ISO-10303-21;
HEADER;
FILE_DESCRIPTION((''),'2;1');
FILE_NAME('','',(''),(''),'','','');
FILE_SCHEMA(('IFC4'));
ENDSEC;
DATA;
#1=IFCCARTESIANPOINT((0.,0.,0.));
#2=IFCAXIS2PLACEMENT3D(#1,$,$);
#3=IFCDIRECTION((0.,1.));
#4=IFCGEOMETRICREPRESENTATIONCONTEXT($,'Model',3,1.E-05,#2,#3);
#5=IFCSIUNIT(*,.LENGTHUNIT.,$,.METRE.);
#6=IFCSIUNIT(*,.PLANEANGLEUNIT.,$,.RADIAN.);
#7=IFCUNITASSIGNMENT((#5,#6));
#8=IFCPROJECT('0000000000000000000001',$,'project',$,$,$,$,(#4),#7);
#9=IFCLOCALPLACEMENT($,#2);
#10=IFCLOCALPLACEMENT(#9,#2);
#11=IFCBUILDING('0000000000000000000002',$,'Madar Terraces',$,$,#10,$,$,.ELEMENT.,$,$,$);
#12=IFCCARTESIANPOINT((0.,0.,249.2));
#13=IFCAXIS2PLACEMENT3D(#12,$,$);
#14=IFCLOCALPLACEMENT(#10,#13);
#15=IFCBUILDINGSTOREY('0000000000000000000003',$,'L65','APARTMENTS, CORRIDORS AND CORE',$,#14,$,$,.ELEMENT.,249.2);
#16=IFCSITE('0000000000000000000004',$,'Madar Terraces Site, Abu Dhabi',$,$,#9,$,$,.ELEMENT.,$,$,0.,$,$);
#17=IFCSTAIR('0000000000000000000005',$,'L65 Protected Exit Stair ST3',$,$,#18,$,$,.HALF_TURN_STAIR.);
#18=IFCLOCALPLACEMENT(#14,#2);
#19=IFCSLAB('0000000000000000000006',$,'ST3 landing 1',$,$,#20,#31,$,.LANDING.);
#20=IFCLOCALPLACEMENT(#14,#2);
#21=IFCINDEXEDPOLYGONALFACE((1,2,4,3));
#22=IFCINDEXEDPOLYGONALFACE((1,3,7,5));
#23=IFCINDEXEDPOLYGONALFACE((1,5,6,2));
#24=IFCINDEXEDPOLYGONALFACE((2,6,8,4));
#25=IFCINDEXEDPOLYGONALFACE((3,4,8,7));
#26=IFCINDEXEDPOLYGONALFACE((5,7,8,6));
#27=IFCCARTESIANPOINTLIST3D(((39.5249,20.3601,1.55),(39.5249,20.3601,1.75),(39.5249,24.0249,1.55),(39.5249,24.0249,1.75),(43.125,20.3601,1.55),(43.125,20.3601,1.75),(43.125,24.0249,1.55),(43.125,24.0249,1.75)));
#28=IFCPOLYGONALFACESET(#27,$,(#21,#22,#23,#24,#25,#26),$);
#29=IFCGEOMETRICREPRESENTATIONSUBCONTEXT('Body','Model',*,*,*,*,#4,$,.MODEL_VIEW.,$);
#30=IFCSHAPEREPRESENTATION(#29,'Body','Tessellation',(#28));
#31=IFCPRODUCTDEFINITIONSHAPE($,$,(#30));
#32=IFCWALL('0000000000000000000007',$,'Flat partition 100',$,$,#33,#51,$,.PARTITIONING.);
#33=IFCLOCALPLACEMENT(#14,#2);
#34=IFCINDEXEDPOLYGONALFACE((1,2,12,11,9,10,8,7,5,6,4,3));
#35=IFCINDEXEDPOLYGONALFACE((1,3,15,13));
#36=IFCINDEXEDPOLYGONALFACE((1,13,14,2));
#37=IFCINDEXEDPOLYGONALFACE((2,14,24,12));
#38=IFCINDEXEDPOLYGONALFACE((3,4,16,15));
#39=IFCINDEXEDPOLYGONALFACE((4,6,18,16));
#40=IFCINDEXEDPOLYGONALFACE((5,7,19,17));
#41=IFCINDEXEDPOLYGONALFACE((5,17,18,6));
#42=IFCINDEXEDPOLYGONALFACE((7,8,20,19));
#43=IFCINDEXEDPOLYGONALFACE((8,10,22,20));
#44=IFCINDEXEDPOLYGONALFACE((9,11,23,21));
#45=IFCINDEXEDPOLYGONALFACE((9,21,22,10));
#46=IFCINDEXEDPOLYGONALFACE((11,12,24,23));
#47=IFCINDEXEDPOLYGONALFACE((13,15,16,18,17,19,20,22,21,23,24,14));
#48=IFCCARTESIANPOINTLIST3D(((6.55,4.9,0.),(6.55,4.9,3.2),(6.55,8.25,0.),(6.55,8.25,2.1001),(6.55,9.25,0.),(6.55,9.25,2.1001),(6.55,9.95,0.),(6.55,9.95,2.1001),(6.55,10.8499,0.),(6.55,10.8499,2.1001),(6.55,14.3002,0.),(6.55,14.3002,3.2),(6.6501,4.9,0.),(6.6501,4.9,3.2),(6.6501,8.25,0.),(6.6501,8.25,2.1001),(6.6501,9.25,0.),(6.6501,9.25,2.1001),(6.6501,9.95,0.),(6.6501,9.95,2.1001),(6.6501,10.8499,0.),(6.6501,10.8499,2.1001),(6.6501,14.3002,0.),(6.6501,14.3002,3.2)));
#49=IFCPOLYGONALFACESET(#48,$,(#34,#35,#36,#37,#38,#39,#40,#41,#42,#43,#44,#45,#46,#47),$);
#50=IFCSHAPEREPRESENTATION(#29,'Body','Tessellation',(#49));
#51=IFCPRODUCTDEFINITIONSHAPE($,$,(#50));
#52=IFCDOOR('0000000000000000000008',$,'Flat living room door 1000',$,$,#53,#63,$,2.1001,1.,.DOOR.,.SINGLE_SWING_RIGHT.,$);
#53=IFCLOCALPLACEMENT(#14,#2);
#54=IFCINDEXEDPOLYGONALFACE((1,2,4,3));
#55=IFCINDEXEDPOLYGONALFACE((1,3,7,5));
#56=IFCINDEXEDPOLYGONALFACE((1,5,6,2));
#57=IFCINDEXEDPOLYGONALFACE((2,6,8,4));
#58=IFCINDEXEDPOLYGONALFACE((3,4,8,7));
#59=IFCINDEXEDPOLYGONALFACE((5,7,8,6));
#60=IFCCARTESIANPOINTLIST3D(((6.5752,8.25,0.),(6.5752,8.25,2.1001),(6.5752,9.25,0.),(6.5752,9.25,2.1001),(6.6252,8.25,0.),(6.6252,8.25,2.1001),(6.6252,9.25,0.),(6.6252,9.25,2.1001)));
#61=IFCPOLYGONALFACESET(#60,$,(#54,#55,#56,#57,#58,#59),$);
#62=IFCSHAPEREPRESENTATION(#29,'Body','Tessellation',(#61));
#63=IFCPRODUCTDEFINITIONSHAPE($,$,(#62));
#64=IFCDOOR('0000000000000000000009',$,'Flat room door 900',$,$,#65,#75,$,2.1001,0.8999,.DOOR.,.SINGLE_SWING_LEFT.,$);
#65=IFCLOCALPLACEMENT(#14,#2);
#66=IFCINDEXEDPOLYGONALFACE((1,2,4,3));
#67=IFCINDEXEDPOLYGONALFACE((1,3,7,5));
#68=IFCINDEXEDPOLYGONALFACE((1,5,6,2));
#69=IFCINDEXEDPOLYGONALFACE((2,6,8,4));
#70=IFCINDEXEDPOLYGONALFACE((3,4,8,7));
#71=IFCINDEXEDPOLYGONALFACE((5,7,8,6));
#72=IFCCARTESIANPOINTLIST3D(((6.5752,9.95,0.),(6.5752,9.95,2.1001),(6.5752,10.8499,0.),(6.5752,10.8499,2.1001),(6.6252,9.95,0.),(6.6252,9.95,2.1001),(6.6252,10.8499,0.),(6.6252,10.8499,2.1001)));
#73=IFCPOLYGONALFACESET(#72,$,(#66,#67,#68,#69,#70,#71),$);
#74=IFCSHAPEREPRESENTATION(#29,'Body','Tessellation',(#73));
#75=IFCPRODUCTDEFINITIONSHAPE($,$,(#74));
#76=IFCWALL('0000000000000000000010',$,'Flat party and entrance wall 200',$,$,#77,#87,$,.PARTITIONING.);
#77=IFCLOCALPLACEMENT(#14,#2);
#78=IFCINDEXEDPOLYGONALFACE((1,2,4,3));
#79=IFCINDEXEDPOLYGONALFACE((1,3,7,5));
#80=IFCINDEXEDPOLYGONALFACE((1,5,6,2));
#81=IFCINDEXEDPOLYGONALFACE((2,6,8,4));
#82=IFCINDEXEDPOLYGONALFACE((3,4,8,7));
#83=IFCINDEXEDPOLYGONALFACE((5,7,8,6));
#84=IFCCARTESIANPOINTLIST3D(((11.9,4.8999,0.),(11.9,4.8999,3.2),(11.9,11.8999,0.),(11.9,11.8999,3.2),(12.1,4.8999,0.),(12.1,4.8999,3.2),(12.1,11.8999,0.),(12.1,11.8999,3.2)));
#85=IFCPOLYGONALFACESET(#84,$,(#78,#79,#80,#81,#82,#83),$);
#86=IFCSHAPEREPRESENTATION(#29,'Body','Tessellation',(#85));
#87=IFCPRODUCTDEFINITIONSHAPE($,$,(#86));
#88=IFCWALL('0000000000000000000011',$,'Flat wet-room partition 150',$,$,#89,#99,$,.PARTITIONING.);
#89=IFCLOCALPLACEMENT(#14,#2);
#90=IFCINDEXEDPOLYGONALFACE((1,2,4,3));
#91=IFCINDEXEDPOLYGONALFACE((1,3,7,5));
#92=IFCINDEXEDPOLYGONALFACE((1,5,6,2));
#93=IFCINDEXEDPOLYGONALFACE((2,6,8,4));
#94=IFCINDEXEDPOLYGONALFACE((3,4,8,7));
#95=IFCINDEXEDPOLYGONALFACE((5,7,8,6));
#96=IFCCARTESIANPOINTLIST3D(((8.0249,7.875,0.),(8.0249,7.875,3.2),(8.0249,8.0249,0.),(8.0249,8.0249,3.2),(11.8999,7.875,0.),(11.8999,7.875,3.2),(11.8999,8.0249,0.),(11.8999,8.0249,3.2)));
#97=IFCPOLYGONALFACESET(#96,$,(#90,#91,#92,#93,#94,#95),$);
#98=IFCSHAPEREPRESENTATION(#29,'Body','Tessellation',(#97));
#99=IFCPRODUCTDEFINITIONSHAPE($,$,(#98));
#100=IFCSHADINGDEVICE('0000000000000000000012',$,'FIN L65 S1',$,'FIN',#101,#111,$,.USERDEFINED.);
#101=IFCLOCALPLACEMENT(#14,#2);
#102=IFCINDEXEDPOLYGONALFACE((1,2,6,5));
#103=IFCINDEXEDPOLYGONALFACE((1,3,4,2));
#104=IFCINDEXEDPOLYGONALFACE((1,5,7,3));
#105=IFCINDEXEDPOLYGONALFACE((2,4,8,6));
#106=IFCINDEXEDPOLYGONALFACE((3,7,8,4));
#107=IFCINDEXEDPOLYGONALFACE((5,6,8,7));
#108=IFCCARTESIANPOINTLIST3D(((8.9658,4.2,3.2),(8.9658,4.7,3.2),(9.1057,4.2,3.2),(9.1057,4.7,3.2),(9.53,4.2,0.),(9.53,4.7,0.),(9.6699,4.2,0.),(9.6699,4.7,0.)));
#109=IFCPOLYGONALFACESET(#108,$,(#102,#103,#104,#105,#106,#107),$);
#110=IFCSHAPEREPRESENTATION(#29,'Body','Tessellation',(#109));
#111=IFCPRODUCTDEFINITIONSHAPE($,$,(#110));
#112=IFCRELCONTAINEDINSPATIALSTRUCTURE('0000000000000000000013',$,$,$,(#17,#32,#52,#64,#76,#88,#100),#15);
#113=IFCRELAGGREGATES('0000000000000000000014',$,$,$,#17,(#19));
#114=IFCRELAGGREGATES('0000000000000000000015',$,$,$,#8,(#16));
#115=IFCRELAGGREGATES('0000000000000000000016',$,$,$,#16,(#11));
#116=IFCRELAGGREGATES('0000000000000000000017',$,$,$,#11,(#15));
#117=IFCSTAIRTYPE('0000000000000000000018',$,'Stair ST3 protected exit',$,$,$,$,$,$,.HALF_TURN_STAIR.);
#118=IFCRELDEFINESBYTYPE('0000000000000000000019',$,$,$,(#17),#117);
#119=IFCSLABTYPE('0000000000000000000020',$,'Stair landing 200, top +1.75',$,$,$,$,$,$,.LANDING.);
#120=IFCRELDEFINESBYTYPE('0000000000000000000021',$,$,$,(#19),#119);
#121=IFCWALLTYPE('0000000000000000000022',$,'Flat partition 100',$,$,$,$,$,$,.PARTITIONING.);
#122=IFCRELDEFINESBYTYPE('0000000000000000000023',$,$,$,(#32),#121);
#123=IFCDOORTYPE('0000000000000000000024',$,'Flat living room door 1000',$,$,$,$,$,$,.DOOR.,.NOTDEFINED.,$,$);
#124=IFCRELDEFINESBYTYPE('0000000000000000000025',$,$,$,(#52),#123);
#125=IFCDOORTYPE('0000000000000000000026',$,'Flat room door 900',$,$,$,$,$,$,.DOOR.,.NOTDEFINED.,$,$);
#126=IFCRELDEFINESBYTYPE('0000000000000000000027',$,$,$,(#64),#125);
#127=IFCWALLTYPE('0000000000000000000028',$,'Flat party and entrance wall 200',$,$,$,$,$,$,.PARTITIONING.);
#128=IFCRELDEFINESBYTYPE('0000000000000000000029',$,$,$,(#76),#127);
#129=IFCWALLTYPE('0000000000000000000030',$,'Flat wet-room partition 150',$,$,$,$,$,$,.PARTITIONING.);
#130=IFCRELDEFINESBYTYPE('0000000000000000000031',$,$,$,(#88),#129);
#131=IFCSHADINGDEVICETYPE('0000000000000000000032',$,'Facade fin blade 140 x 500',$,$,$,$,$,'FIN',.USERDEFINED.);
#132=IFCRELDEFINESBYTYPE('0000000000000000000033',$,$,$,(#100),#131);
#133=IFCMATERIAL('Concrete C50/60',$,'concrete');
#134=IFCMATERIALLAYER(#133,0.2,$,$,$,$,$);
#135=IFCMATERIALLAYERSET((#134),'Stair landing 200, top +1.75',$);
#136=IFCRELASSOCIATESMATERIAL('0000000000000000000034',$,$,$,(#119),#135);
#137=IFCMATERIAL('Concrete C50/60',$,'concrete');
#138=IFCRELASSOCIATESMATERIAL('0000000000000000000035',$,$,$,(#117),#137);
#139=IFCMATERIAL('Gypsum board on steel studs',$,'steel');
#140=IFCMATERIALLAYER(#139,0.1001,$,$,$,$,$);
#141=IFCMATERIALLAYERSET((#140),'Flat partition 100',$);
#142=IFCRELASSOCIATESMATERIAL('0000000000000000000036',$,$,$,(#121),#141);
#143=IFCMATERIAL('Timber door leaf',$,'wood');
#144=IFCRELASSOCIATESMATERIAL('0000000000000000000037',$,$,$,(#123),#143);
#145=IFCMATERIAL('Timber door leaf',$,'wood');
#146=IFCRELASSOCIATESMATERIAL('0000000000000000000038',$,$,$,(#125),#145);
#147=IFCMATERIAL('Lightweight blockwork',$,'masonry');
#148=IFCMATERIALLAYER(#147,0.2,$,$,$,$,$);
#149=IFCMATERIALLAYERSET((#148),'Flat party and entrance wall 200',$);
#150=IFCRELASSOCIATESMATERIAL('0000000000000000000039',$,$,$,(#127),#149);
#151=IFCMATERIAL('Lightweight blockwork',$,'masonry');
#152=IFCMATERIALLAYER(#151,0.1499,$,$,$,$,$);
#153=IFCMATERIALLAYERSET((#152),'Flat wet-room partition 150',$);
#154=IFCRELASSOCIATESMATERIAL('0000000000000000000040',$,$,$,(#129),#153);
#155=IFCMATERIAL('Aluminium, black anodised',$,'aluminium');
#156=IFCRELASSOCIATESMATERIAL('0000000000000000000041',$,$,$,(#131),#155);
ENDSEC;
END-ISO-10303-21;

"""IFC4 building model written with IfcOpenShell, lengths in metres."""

from ifc_helpers import new_model, si_unit, direction, frame, frame_2d, origin, place, context, subcontext, project, spatial, polyline, rectangle, outline, extrude, material, layer, layer_set, type_object, element, fill, aggregate, save


model = new_model("IFC4")

# Units and contexts
model_context = context("Model", 3, precision=1e-05, world=origin(), true_north=direction((0.0, 1.0)))
body_context = subcontext(model_context, "Body", "Model", "MODEL_VIEW")
ifc_project = project(units=[si_unit("LENGTHUNIT", "METRE"), si_unit("PLANEANGLEUNIT", "RADIAN")], contexts=[model_context])

# Site, building, storey
site_placement = place(None, origin())
site = spatial("IfcSite", under=ifc_project, at=site_placement, Name="Madar Terraces Site, Abu Dhabi", CompositionType="ELEMENT", RefElevation=0.0)
building_placement = place(site_placement, origin())
building = spatial("IfcBuilding", under=site, at=building_placement, Name="Madar Terraces", CompositionType="ELEMENT")
storey_placement = place(building_placement, frame((0.0, 0.0, 249.2)))
storey = spatial("IfcBuildingStorey", under=building, at=storey_placement, Name="L65", Description="APARTMENTS, CORRIDORS AND CORE", CompositionType="ELEMENT", Elevation=249.2)

# Stair, slab
ifc_material_1 = material(Name="Concrete C50/60", Category="concrete")
ifc_layer_1 = layer(ifc_material_1, 0.2)
ifc_layer_set_1 = layer_set([ifc_layer_1], Name="Stair landing 200, top +1.75")
slab_type_1 = type_object("IfcSlabType", Name="Stair landing 200, top +1.75", PredefinedType="LANDING", material=ifc_layer_set_1)
ifc_material_2 = material(Name="Concrete C50/60", Category="concrete")
stair_type_1 = type_object("IfcStairType", Name="Stair ST3 protected exit", PredefinedType="HALF_TURN_STAIR", material=ifc_material_2)
stair_1_placement = place(storey_placement, origin())
stair_1 = element("IfcStair", 1, at=stair_1_placement, inside=storey, type_object=stair_type_1, Name="L65 Protected Exit Stair ST3", PredefinedType="HALF_TURN_STAIR")
slab_1_placement = place(storey_placement, frame((0.0, 0.0, 1.55)))
slab_1 = element("IfcSlab", 2, at=slab_1_placement, type_object=slab_type_1, Name="ST3 landing 1", PredefinedType="LANDING", context=body_context, shape_type="SweptSolid", body=[
    extrude(outline(polyline([(39.5249, 20.3601), (43.125, 20.3601), (43.125, 24.0249), (39.5249, 24.0249), (39.5249, 20.3601)])), origin(), (0.0, 0.0, 1.0), 0.2),
])
aggregate(stair_1, [slab_1])

# Wall, openings, doors
ifc_material_3 = material(Name="Gypsum board on steel studs", Category="steel")
ifc_layer_2 = layer(ifc_material_3, 0.1001)
ifc_layer_set_2 = layer_set([ifc_layer_2], Name="Flat partition 100")
wall_type_1 = type_object("IfcWallType", Name="Flat partition 100", PredefinedType="PARTITIONING", material=ifc_layer_set_2)
wall_1_placement = place(storey_placement, frame((6.6001, 4.8999, 0.0), z_axis=(0.0, 0.0, 1.0), x_axis=(0.0, 1.0, 0.0)))
wall_1 = element("IfcWall", 3, at=wall_1_placement, inside=storey, type_object=wall_type_1, Name="Flat partition 100", PredefinedType="PARTITIONING", context=body_context, shape_type="SweptSolid", body=[
    extrude(rectangle(XDim=9.4001, YDim=0.1001, at=frame_2d((4.7002, 0.0))), origin(), (0.0, 0.0, 1.0), 3.2),
])
opening_1_placement = place(wall_1_placement, frame((5.05, 0.0, 0.0)))
opening_1 = element("IfcOpeningElement", 4, at=opening_1_placement, cuts=wall_1, PredefinedType="OPENING", context=body_context, shape_type="SweptSolid", body=[
    extrude(rectangle(XDim=0.8999, YDim=2.1001, at=frame_2d((0.45, 1.05))), frame((0.0, 0.0601, 0.0), z_axis=(0.0, -1.0, 0.0), x_axis=(1.0, 0.0, 0.0)), (0.0, 0.0, 1.0), 0.1201),
])
opening_2_placement = place(wall_1_placement, frame((3.3501, 0.0, 0.0)))
opening_2 = element("IfcOpeningElement", 5, at=opening_2_placement, cuts=wall_1, PredefinedType="OPENING", context=body_context, shape_type="SweptSolid", body=[
    extrude(rectangle(XDim=1.0, YDim=2.1001, at=frame_2d((0.5, 1.05))), frame((0.0, 0.0601, 0.0), z_axis=(0.0, -1.0, 0.0), x_axis=(1.0, 0.0, 0.0)), (0.0, 0.0, 1.0), 0.1201),
])
ifc_material_4 = material(Name="Timber door leaf", Category="wood")
door_type_1 = type_object("IfcDoorType", Name="Flat living room door 1000", OperationType="NOTDEFINED", PredefinedType="DOOR", material=ifc_material_4)
door_1_placement = place(opening_2_placement, origin())
door_1 = element("IfcDoor", 6, at=door_1_placement, inside=storey, type_object=door_type_1, Name="Flat living room door 1000", OperationType="SINGLE_SWING_RIGHT", OverallHeight=2.1001, OverallWidth=1.0, PredefinedType="DOOR", context=body_context, shape_type="SweptSolid", body=[
    extrude(rectangle(XDim=1.0, YDim=2.1001, at=frame_2d((0.5, 1.05))), frame((0.0, 0.0249, 0.0), z_axis=(0.0, -1.0, 0.0), x_axis=(1.0, 0.0, 0.0)), (0.0, 0.0, 1.0), 0.05),
])
fill(opening_2, door_1)
ifc_material_5 = material(Name="Timber door leaf", Category="wood")
door_type_2 = type_object("IfcDoorType", Name="Flat room door 900", OperationType="NOTDEFINED", PredefinedType="DOOR", material=ifc_material_5)
door_2_placement = place(opening_1_placement, origin())
door_2 = element("IfcDoor", 7, at=door_2_placement, inside=storey, type_object=door_type_2, Name="Flat room door 900", OperationType="SINGLE_SWING_LEFT", OverallHeight=2.1001, OverallWidth=0.8999, PredefinedType="DOOR", context=body_context, shape_type="SweptSolid", body=[
    extrude(rectangle(XDim=0.8999, YDim=2.1001, at=frame_2d((0.45, 1.05))), frame((0.0, 0.0249, 0.0), z_axis=(0.0, -1.0, 0.0), x_axis=(1.0, 0.0, 0.0)), (0.0, 0.0, 1.0), 0.05),
])
fill(opening_1, door_2)

# Walls
ifc_material_6 = material(Name="Lightweight blockwork", Category="masonry")
ifc_layer_3 = layer(ifc_material_6, 0.2)
ifc_layer_set_3 = layer_set([ifc_layer_3], Name="Flat party and entrance wall 200")
wall_type_2 = type_object("IfcWallType", Name="Flat party and entrance wall 200", PredefinedType="PARTITIONING", material=ifc_layer_set_3)
wall_2_placement = place(storey_placement, frame((12.0, 4.8999, 0.0), z_axis=(0.0, 0.0, 1.0), x_axis=(0.0, 1.0, 0.0)))
element("IfcWall", 8, at=wall_2_placement, inside=storey, type_object=wall_type_2, Name="Flat party and entrance wall 200", PredefinedType="PARTITIONING", context=body_context, shape_type="SweptSolid", body=[
    extrude(rectangle(XDim=7.0, YDim=0.2, at=frame_2d((3.5, 0.0))), origin(), (0.0, 0.0, 1.0), 3.2),
])
ifc_material_7 = material(Name="Lightweight blockwork", Category="masonry")
ifc_layer_4 = layer(ifc_material_7, 0.1499)
ifc_layer_set_4 = layer_set([ifc_layer_4], Name="Flat wet-room partition 150")
wall_type_3 = type_object("IfcWallType", Name="Flat wet-room partition 150", PredefinedType="PARTITIONING", material=ifc_layer_set_4)
wall_3_placement = place(storey_placement, frame((11.8999, 7.95, 0.0), z_axis=(0.0, 0.0, 1.0), x_axis=(-1.0, 0.0, 0.0)))
element("IfcWall", 9, at=wall_3_placement, inside=storey, type_object=wall_type_3, Name="Flat wet-room partition 150", PredefinedType="PARTITIONING", context=body_context, shape_type="SweptSolid", body=[
    extrude(rectangle(XDim=3.875, YDim=0.1499, at=frame_2d((1.9375, 0.0))), origin(), (0.0, 0.0, 1.0), 3.2),
])

# Shading device
ifc_material_8 = material(Name="Aluminium, black anodised", Category="aluminium")
shading_device_type = type_object("IfcShadingDeviceType", Name="Facade fin blade 140 x 500", ElementType="FIN", PredefinedType="USERDEFINED", material=ifc_material_8)
shading_device_placement = place(storey_placement, frame((9.53, 4.45, 0.0), z_axis=(0.0, 0.0, 1.0), x_axis=(1.0, 0.0, 0.0)))
element("IfcShadingDevice", 10, at=shading_device_placement, inside=storey, type_object=shading_device_type, Name="FIN L65 S1", ObjectType="FIN", PredefinedType="USERDEFINED", context=body_context, shape_type="SweptSolid", body=[
    extrude(outline(polyline([(0.0, 0.0), (0.1399, 0.0), (-0.4243, 3.2), (-0.5642, 3.2), (0.0, 0.0)])), frame((0.0, 0.25, 0.0), z_axis=(0.0, -1.0, 0.0), x_axis=(1.0, 0.0, 0.0)), (0.0, 0.0, 1.0), 0.5),
])

save(model, "model.ifc")
